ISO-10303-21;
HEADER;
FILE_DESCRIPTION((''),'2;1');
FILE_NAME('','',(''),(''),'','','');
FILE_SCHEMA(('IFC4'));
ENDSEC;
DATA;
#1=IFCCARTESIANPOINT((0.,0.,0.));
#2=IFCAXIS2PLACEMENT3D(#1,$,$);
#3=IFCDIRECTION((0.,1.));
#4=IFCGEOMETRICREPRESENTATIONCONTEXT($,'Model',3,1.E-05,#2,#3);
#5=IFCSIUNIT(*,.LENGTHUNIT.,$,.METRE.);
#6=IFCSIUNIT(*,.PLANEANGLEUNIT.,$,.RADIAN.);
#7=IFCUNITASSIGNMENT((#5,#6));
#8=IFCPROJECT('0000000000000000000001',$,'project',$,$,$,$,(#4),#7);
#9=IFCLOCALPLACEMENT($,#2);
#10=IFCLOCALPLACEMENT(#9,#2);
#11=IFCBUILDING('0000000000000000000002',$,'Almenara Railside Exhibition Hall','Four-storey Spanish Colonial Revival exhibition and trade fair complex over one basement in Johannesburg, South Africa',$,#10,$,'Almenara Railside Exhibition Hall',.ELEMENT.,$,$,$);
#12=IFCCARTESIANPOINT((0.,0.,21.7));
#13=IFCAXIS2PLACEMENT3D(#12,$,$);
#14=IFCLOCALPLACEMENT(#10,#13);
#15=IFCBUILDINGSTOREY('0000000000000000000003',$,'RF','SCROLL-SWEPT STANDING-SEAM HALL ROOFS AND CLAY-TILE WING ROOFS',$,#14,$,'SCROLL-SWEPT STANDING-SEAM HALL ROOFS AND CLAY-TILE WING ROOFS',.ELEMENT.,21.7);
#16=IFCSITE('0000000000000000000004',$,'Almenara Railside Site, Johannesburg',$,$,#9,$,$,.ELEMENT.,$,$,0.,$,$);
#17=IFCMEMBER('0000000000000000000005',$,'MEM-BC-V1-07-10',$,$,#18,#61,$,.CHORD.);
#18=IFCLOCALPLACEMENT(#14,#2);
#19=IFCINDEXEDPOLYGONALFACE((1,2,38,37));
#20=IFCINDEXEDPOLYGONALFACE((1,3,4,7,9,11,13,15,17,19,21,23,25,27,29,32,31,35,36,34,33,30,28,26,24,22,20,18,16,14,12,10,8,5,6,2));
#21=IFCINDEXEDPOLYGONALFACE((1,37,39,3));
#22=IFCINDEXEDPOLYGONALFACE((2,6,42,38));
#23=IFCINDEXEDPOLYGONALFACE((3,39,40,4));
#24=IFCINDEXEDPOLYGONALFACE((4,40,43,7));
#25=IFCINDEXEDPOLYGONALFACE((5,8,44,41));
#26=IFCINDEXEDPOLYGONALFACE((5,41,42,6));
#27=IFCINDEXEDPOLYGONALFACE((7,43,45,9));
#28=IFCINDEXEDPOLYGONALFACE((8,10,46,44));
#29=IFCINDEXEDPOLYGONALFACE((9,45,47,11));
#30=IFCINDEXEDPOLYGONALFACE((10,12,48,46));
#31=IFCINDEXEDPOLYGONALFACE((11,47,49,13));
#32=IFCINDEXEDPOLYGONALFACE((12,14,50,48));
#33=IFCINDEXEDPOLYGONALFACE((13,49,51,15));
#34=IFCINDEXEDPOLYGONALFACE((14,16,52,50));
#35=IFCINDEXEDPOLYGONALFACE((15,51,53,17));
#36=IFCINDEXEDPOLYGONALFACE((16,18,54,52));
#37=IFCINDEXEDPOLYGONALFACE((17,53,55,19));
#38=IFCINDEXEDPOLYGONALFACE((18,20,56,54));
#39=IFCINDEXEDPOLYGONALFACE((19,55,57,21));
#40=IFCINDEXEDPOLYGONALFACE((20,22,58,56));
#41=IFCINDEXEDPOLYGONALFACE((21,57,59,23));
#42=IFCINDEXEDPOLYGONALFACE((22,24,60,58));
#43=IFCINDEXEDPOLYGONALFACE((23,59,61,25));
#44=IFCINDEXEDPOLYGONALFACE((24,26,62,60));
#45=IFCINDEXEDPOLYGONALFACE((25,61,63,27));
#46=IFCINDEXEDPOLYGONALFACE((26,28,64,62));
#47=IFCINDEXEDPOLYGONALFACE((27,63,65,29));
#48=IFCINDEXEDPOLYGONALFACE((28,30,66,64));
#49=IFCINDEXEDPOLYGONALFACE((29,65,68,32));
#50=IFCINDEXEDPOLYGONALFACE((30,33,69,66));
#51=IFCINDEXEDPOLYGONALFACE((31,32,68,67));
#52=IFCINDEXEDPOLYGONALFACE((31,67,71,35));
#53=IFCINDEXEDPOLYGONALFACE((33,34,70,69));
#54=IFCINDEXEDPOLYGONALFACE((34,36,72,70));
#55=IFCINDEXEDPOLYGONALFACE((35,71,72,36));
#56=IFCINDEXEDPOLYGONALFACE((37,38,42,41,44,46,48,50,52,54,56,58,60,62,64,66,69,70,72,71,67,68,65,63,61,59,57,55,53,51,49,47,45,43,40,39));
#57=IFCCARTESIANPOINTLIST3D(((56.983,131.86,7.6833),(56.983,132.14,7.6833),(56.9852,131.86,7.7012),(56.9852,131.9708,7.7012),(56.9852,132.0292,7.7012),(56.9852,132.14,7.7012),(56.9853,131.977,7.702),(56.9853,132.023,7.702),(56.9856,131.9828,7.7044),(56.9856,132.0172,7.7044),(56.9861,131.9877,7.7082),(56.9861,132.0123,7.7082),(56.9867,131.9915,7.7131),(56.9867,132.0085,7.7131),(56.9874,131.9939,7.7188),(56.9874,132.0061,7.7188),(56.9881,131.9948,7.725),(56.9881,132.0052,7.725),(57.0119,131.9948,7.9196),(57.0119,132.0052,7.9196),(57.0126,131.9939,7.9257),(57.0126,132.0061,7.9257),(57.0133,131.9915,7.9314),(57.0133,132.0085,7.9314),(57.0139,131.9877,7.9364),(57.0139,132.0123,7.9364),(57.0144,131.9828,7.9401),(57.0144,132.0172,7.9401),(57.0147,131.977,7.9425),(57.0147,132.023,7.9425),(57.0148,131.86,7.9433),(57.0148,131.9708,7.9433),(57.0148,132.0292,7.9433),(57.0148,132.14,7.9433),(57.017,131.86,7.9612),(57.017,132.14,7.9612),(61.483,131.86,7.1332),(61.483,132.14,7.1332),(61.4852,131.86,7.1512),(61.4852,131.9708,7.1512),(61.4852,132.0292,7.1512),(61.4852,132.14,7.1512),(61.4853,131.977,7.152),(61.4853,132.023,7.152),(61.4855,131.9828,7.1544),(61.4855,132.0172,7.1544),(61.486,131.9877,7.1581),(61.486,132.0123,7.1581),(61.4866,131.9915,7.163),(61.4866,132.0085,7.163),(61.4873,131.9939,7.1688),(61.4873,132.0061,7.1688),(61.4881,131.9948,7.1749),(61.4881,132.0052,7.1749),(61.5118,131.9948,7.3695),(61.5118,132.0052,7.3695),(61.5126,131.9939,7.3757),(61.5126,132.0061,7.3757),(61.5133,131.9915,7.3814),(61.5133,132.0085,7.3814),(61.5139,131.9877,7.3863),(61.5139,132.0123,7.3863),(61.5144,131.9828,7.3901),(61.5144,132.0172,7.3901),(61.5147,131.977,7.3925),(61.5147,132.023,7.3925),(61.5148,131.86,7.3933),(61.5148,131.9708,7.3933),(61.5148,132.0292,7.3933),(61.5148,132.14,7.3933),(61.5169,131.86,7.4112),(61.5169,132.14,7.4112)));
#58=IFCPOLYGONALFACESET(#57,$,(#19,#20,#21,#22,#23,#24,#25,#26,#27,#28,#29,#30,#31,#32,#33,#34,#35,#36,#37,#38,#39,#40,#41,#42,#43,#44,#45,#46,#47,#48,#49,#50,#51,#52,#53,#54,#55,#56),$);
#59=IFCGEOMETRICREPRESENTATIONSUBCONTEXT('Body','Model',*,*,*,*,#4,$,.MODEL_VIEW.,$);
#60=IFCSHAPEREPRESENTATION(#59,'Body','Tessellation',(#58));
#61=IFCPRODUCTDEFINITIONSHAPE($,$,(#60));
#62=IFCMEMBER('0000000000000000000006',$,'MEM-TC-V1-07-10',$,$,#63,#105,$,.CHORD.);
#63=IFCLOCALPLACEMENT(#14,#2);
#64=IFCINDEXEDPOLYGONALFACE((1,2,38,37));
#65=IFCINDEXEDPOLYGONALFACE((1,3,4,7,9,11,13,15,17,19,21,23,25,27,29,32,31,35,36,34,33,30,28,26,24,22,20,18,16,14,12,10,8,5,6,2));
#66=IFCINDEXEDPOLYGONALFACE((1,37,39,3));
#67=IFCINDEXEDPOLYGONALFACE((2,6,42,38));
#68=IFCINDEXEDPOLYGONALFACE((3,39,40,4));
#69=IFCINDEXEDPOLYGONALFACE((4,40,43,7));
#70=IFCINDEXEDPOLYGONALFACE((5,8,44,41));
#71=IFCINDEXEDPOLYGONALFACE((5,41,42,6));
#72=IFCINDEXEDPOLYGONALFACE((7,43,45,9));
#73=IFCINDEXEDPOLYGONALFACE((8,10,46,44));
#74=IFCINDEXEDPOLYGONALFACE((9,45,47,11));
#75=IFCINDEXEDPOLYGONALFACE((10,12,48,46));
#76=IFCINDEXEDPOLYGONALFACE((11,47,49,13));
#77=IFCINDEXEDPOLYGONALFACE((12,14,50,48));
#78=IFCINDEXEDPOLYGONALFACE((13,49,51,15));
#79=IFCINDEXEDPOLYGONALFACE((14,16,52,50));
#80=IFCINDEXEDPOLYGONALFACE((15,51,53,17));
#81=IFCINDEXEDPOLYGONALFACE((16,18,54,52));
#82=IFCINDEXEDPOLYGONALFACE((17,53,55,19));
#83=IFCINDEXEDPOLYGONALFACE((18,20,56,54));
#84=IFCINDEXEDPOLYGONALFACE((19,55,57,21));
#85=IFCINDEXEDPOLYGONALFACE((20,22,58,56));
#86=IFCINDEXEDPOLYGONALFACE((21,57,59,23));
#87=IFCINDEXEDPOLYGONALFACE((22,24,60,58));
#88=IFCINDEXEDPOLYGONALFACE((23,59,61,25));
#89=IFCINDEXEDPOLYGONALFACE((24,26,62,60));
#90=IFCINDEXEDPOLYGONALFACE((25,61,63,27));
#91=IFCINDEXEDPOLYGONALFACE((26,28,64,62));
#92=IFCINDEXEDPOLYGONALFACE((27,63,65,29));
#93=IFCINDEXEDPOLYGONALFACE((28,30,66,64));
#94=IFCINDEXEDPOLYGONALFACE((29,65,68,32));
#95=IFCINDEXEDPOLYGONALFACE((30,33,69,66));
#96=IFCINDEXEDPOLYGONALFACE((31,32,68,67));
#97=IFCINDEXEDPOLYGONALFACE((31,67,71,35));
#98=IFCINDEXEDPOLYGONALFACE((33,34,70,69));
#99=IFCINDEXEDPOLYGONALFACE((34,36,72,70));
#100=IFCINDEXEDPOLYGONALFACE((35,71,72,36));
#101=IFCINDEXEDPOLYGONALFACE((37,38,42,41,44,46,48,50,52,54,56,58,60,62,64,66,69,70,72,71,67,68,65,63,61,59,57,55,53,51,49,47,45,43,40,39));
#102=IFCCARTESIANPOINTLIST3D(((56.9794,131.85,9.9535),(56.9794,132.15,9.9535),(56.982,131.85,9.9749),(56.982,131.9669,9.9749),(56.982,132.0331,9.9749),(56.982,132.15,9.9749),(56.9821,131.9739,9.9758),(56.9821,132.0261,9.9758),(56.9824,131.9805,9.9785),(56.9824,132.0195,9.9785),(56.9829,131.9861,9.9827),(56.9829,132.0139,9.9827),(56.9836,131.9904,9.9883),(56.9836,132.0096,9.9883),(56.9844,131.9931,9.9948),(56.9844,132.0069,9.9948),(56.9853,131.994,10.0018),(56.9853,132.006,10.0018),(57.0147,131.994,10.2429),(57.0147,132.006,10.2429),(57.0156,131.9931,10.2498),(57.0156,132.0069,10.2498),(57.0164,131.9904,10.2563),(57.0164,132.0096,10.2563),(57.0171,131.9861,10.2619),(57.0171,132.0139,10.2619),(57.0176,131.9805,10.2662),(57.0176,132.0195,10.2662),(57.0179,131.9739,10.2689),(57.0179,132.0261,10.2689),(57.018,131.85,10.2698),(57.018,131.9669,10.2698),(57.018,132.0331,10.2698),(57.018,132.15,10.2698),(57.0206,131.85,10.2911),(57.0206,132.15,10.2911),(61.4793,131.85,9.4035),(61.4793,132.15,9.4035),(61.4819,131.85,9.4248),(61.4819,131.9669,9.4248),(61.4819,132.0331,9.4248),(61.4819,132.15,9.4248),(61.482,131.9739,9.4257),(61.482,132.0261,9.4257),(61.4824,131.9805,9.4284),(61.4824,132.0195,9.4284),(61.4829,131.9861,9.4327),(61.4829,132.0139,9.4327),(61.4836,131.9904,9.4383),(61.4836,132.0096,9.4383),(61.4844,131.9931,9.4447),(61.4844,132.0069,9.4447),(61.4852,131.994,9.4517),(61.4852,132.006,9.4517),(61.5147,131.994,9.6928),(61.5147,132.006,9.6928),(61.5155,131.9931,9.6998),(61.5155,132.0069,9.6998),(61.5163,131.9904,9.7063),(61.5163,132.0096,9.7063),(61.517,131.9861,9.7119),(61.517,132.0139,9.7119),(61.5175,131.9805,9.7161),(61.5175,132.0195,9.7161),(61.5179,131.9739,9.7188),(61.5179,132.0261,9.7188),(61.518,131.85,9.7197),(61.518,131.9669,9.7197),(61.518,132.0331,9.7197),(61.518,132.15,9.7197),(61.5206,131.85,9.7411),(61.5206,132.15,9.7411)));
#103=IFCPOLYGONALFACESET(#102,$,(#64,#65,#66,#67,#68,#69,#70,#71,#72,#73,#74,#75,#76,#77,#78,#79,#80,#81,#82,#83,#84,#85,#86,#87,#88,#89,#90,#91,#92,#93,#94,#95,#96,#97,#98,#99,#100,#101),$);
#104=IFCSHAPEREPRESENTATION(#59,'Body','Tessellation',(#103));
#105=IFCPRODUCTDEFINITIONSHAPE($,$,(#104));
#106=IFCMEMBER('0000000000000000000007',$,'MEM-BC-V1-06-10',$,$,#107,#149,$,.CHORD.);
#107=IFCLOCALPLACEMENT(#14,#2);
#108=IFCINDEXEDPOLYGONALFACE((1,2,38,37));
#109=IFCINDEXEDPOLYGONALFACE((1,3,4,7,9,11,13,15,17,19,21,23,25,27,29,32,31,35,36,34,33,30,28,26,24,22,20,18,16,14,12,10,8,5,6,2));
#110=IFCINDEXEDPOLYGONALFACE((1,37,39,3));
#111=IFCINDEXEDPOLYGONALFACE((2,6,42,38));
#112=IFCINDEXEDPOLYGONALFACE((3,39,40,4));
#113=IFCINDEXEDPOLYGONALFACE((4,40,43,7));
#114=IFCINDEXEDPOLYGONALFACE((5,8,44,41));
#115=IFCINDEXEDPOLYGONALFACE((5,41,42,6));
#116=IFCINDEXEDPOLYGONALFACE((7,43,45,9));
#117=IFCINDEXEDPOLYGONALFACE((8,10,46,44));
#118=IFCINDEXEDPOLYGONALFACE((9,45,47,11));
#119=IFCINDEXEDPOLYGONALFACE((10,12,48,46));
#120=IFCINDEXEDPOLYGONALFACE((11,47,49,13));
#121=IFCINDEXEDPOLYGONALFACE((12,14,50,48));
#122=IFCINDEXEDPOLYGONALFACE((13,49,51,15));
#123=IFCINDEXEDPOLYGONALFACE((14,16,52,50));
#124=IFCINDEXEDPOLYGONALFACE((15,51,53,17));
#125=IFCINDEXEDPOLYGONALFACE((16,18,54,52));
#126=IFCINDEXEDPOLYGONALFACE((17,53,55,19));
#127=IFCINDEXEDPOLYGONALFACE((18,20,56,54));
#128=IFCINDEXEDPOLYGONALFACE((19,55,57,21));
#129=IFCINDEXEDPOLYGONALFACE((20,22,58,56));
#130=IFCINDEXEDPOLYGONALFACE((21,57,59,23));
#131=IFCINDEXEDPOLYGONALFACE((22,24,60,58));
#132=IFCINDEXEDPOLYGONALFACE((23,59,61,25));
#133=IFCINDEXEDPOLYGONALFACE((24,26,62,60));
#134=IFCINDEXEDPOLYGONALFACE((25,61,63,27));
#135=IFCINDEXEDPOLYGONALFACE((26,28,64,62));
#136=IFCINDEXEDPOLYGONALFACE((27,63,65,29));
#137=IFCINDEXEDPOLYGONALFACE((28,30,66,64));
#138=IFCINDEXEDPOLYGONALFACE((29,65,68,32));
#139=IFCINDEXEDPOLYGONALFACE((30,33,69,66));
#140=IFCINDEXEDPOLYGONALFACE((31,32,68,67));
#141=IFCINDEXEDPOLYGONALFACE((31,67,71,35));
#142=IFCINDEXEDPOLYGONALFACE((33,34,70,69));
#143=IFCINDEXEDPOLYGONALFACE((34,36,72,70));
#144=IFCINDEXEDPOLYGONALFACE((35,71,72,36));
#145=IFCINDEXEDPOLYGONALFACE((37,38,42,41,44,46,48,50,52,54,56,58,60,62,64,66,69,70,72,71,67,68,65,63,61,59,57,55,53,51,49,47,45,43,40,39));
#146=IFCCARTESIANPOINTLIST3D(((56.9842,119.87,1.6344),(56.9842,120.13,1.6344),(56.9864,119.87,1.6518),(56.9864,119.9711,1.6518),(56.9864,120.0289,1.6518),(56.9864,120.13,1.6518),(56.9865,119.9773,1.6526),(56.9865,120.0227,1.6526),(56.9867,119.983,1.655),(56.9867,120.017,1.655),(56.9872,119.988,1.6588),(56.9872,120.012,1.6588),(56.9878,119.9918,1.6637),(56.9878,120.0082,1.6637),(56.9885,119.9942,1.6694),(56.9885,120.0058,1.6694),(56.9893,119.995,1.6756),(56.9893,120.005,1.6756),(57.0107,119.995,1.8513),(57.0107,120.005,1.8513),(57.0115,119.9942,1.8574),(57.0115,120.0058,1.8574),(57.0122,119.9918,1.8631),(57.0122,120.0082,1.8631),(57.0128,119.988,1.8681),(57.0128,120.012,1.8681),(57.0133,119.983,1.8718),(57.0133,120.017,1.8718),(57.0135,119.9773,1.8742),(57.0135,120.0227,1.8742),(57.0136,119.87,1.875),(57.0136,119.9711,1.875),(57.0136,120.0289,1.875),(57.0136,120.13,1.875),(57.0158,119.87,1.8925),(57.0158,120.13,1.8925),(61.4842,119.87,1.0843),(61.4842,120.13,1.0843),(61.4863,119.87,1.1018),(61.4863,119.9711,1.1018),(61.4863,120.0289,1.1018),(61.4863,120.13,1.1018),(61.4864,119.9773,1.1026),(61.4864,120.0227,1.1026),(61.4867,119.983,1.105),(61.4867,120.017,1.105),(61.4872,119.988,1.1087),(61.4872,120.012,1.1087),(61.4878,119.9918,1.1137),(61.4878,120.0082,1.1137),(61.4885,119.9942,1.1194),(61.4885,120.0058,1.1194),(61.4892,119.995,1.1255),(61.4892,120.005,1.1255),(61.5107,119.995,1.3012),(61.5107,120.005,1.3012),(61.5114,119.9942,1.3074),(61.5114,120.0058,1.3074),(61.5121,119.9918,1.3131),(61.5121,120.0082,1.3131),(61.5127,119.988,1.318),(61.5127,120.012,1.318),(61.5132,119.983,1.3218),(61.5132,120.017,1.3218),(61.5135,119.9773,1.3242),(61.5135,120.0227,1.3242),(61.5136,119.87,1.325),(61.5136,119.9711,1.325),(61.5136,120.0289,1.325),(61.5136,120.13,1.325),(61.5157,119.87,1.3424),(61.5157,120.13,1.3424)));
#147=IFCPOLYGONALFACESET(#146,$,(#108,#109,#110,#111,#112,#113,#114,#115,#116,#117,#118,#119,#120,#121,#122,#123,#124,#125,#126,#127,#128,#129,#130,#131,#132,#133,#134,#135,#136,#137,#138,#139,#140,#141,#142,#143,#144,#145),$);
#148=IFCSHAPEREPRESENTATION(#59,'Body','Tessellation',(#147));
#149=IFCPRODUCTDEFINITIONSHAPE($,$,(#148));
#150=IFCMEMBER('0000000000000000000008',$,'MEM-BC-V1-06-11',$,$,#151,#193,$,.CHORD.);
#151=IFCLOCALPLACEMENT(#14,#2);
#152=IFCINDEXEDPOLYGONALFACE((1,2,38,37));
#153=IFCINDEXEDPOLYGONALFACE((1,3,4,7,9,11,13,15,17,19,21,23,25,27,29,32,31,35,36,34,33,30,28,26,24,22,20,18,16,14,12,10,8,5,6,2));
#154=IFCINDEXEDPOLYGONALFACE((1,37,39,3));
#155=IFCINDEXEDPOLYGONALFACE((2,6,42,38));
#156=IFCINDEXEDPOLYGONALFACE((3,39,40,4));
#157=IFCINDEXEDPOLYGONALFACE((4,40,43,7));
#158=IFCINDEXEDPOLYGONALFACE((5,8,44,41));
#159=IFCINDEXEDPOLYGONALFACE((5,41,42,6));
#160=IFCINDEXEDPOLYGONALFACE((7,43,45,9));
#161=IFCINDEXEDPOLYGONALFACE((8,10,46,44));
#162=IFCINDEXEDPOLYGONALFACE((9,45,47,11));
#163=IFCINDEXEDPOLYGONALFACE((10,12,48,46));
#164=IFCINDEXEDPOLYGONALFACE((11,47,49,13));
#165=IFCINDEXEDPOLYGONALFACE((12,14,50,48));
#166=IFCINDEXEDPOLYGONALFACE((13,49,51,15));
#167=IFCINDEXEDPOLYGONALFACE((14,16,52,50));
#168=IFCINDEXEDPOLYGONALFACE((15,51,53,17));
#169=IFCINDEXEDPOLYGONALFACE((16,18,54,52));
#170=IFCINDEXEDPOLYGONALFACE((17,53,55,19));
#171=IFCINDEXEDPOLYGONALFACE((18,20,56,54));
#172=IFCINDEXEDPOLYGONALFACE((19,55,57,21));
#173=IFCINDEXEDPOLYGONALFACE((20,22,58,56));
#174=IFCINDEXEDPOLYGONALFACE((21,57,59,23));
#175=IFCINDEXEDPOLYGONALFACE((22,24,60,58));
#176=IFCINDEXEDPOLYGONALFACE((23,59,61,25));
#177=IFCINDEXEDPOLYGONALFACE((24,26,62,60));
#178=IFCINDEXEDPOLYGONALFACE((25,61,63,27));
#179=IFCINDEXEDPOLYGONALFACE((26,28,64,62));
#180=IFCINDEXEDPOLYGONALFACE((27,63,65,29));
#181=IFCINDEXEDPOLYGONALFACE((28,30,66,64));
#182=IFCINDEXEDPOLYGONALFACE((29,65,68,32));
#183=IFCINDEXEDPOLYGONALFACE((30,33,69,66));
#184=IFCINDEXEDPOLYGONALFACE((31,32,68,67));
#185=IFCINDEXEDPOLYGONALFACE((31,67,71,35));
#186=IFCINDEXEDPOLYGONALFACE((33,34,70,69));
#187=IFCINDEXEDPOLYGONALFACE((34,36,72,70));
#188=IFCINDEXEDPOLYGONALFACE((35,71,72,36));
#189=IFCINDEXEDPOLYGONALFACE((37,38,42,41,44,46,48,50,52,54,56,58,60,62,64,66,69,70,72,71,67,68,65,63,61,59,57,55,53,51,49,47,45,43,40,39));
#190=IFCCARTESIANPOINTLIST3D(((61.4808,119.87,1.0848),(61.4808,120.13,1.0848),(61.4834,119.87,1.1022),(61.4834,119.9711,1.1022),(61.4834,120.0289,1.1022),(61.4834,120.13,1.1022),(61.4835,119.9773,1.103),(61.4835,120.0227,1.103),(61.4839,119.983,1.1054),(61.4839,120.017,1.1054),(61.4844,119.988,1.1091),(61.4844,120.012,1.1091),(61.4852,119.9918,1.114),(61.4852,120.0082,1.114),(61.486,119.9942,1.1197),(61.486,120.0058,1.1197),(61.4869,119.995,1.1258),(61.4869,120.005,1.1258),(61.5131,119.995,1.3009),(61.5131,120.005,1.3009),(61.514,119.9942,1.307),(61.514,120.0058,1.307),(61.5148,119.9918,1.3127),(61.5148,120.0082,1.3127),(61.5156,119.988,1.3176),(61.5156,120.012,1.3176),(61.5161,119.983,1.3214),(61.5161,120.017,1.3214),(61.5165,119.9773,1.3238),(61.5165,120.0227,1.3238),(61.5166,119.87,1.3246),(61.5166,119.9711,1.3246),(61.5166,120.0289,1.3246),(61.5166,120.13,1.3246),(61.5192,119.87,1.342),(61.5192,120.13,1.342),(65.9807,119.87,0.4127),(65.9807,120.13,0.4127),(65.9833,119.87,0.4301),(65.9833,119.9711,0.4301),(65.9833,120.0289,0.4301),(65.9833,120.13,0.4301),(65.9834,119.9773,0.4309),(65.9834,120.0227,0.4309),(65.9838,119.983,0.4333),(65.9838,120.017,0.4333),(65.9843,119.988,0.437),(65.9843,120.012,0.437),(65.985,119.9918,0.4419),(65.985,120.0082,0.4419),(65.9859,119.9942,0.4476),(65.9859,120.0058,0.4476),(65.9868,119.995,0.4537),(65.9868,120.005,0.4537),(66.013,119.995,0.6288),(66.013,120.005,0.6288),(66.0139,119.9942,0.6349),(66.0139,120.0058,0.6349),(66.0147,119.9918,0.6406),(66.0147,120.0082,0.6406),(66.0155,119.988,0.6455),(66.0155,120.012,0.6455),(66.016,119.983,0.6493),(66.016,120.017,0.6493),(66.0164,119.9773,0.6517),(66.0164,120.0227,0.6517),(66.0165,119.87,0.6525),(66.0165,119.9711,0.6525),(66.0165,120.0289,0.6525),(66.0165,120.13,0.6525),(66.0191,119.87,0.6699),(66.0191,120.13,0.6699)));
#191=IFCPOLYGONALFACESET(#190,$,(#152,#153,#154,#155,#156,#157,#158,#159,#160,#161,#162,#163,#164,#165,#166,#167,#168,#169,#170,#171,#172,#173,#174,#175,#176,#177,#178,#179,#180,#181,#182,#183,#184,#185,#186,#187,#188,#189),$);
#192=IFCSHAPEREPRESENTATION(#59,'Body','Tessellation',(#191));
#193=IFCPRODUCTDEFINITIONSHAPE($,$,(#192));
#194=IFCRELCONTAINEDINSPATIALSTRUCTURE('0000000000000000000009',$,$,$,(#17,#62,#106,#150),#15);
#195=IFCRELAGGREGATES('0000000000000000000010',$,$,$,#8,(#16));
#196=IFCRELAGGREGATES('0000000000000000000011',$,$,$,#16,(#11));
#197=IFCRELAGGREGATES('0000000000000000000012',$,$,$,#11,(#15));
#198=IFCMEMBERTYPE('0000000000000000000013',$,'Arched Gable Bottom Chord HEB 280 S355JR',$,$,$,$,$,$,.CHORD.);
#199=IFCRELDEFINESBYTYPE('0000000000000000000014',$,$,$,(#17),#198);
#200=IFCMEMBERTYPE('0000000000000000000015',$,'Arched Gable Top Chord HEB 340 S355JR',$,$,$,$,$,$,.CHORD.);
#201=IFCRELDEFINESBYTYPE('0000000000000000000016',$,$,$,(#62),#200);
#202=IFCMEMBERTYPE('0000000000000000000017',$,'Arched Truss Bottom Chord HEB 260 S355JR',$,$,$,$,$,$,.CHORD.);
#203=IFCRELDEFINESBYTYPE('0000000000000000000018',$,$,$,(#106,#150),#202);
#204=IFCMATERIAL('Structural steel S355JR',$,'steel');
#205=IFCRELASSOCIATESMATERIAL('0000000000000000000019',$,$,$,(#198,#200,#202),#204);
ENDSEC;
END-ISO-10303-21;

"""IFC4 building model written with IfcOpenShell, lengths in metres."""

from ifc_helpers import new_model, si_unit, direction, frame, origin, origin_2d, place, context, subcontext, project, spatial, i_section, extrude, material, material_profile, profile_set, type_object, element, save


model = new_model("IFC4")

# Units and contexts
model_context = context("Model", 3, precision=1e-05, world=origin(), true_north=direction((0.0, 1.0)))
body_context = subcontext(model_context, "Body", "Model", "MODEL_VIEW")
ifc_project = project(units=[si_unit("LENGTHUNIT", "METRE"), si_unit("PLANEANGLEUNIT", "RADIAN")], contexts=[model_context])

# Site, building, storey
site_placement = place(None, origin())
site = spatial("IfcSite", under=ifc_project, at=site_placement, Name="Almenara Railside Site, Johannesburg", CompositionType="ELEMENT", RefElevation=0.0)
building_placement = place(site_placement, origin())
building = spatial("IfcBuilding", under=site, at=building_placement, Name="Almenara Railside Exhibition Hall", Description="Four-storey Spanish Colonial Revival exhibition and trade fair complex over one basement in Johannesburg, South Africa", LongName="Almenara Railside Exhibition Hall", CompositionType="ELEMENT")
storey_placement = place(building_placement, frame((0.0, 0.0, 21.7)))
storey = spatial("IfcBuildingStorey", under=building, at=storey_placement, Name="RF", Description="SCROLL-SWEPT STANDING-SEAM HALL ROOFS AND CLAY-TILE WING ROOFS", LongName="SCROLL-SWEPT STANDING-SEAM HALL ROOFS AND CLAY-TILE WING ROOFS", CompositionType="ELEMENT", Elevation=21.7)

# Members
ifc_material_1 = material(Name="Structural steel S355JR", Category="steel")
ifc_material_profile_1 = material_profile(ifc_material_1, i_section(OverallWidth=0.28, OverallDepth=0.28, WebThickness=0.0105, FlangeThickness=0.0181, FilletRadius=0.0239, at=origin_2d()), Name="HEB 280")
ifc_profile_set_1 = profile_set([ifc_material_profile_1], Name="Structural steel S355JR")
member_type_1 = type_object("IfcMemberType", Name="Arched Gable Bottom Chord HEB 280 S355JR", PredefinedType="CHORD", material=ifc_profile_set_1)
member_1_placement = place(storey_placement, frame((57.0, 132.0, 7.8223), z_axis=(0.992612, 0.0, -0.12133), x_axis=(0.0, 1.0, 0.0)))
element("IfcMember", 1, at=member_1_placement, inside=storey, type_object=member_type_1, Name="MEM-BC-V1-07-10", PredefinedType="CHORD", context=body_context, shape_type="SweptSolid", body=[
    extrude(i_section(OverallWidth=0.28, OverallDepth=0.28, WebThickness=0.0105, FlangeThickness=0.0181, FilletRadius=0.0239, at=origin_2d()), origin(), (0.0, 0.0, 1.0), 4.5334),
])
ifc_material_profile_2 = material_profile(ifc_material_1, i_section(OverallWidth=0.3, OverallDepth=0.3401, WebThickness=0.012, FlangeThickness=0.0215, FilletRadius=0.0271, at=origin_2d()), Name="HEB 340")
ifc_profile_set_2 = profile_set([ifc_material_profile_2], Name="Structural steel S355JR")
member_type_2 = type_object("IfcMemberType", Name="Arched Gable Top Chord HEB 340 S355JR", PredefinedType="CHORD", material=ifc_profile_set_2)
member_2_placement = place(storey_placement, frame((57.0, 132.0, 10.1223), z_axis=(0.992612, 0.0, -0.12133), x_axis=(0.0, 1.0, 0.0)))
element("IfcMember", 2, at=member_2_placement, inside=storey, type_object=member_type_2, Name="MEM-TC-V1-07-10", PredefinedType="CHORD", context=body_context, shape_type="SweptSolid", body=[
    extrude(i_section(OverallWidth=0.3, OverallDepth=0.3401, WebThickness=0.012, FlangeThickness=0.0215, FilletRadius=0.0271, at=origin_2d()), origin(), (0.0, 0.0, 1.0), 4.5334),
])
ifc_material_profile_3 = material_profile(ifc_material_1, i_section(OverallWidth=0.26, OverallDepth=0.26, WebThickness=0.01, FlangeThickness=0.0176, FilletRadius=0.0239, at=origin_2d()), Name="HEB 260")
ifc_profile_set_3 = profile_set([ifc_material_profile_3], Name="Structural steel S355JR")
member_type_3 = type_object("IfcMemberType", Name="Arched Truss Bottom Chord HEB 260 S355JR", PredefinedType="CHORD", material=ifc_profile_set_3)
member_3_placement = place(storey_placement, frame((57.0, 120.0, 1.7634), z_axis=(0.992612, 0.0, -0.12133), x_axis=(0.0, 1.0, 0.0)))
element("IfcMember", 3, at=member_3_placement, inside=storey, type_object=member_type_3, Name="MEM-BC-V1-06-10", PredefinedType="CHORD", context=body_context, shape_type="SweptSolid", body=[
    extrude(i_section(OverallWidth=0.26, OverallDepth=0.26, WebThickness=0.01, FlangeThickness=0.0176, FilletRadius=0.0239, at=origin_2d()), origin(), (0.0, 0.0, 1.0), 4.5334),
])
member_4_placement = place(storey_placement, frame((61.5, 120.0, 1.2134), z_axis=(0.989029, 0.0, -0.147721), x_axis=(0.0, 1.0, 0.0)))
element("IfcMember", 4, at=member_4_placement, inside=storey, type_object=member_type_3, Name="MEM-BC-V1-06-11", PredefinedType="CHORD", context=body_context, shape_type="SweptSolid", body=[
    extrude(i_section(OverallWidth=0.26, OverallDepth=0.26, WebThickness=0.01, FlangeThickness=0.0176, FilletRadius=0.0239, at=origin_2d()), origin(), (0.0, 0.0, 1.0), 4.5498),
])

save(model, "model.ifc")
